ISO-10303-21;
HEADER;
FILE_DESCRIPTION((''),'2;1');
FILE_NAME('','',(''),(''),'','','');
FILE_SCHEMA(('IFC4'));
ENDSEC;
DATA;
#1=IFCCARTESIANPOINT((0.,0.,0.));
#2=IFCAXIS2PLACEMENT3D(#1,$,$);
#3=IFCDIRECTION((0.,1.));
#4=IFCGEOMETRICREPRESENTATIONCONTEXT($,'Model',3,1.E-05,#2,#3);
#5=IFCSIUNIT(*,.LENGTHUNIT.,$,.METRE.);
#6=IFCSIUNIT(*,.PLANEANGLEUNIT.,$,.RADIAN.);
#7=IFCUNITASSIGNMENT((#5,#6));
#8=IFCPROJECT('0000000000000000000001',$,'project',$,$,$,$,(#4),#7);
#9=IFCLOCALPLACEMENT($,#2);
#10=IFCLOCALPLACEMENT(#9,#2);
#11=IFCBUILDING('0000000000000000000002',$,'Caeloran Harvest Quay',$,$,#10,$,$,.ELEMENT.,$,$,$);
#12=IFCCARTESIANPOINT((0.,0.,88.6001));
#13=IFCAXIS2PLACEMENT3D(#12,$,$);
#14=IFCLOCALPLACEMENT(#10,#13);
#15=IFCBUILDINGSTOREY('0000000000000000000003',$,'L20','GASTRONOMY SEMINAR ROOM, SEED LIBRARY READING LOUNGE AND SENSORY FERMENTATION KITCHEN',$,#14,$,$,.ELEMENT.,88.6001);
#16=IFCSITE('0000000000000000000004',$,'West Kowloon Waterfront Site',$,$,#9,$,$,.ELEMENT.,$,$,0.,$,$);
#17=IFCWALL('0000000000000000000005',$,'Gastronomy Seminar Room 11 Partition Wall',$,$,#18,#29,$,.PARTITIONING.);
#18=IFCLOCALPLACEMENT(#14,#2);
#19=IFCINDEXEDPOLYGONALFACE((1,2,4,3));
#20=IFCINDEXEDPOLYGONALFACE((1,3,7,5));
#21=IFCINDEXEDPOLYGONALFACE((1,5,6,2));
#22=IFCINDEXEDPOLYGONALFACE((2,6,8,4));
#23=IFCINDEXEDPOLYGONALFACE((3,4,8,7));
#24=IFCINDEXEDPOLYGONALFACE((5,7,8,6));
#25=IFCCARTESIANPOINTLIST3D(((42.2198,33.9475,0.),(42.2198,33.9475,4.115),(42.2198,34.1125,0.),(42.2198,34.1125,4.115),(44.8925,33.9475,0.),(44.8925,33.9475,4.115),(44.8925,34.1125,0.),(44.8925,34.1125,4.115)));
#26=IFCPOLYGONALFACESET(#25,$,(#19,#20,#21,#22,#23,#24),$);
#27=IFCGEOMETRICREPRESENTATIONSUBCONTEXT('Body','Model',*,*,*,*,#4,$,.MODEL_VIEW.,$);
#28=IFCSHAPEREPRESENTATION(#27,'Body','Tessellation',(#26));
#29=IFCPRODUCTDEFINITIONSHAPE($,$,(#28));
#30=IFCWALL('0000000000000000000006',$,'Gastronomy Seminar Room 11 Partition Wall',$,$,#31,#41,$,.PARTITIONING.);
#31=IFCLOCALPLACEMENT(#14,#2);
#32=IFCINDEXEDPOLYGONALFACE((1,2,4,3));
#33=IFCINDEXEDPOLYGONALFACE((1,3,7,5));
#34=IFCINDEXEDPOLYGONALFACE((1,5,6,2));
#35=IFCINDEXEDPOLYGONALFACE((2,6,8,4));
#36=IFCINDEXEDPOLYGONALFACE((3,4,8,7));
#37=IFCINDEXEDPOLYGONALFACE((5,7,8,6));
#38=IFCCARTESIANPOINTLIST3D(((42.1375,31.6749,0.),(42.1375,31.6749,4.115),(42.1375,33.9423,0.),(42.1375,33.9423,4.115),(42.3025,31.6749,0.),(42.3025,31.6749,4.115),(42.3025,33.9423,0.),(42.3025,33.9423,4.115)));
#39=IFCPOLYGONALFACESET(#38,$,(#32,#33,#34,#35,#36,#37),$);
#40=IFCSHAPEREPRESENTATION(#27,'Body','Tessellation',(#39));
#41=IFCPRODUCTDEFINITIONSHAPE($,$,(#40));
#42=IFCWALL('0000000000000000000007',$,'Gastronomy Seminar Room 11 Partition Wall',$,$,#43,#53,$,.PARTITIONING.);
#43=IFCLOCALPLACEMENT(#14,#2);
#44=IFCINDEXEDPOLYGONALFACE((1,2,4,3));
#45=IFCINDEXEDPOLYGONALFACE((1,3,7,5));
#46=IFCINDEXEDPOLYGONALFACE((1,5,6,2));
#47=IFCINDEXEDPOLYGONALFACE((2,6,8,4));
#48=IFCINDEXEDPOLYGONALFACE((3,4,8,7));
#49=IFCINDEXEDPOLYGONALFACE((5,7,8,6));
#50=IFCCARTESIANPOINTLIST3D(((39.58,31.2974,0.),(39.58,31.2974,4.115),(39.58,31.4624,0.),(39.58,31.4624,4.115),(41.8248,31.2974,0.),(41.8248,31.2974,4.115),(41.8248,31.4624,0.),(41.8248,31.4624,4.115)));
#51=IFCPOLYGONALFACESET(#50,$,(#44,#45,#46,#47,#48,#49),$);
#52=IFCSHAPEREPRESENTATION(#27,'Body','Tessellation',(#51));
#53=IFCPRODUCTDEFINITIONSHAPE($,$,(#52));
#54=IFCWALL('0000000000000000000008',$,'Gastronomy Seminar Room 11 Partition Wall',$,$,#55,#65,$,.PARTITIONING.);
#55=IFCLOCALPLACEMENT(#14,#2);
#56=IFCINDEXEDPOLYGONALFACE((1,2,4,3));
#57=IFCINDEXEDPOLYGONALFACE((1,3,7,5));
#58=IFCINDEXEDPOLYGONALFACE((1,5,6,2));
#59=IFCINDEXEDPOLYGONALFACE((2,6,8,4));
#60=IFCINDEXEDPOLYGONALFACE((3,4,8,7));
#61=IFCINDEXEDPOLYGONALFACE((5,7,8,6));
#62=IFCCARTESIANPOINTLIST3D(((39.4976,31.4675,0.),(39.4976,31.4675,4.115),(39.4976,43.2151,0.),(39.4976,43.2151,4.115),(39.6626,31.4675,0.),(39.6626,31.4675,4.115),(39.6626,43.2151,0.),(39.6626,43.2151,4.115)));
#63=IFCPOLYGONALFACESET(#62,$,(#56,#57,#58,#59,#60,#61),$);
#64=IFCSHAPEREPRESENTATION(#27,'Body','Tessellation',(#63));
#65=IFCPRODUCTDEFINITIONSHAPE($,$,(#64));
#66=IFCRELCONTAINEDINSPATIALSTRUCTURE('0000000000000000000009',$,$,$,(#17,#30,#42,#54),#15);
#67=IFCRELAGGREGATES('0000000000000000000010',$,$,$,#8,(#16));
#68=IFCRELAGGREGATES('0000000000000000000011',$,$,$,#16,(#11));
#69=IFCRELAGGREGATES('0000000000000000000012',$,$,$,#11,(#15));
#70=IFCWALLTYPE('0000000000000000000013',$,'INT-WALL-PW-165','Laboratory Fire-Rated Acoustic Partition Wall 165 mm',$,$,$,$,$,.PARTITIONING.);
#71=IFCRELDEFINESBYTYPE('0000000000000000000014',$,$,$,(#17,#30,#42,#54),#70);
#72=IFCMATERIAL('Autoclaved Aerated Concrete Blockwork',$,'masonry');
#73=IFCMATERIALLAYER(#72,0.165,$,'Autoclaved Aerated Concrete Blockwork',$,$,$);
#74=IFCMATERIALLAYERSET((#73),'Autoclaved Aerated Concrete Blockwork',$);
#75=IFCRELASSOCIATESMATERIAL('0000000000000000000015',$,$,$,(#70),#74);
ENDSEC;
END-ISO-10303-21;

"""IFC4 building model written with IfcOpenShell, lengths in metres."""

from ifc_helpers import new_model, si_unit, direction, frame, frame_2d, origin, place, context, subcontext, project, spatial, rectangle, extrude, material, layer, layer_set, type_object, element, save


model = new_model("IFC4")

# Units and contexts
model_context = context("Model", 3, precision=1e-05, world=origin(), true_north=direction((0.0, 1.0)))
body_context = subcontext(model_context, "Body", "Model", "MODEL_VIEW")
ifc_project = project(units=[si_unit("LENGTHUNIT", "METRE"), si_unit("PLANEANGLEUNIT", "RADIAN")], contexts=[model_context])

# Site, building, storey
site_placement = place(None, origin())
site = spatial("IfcSite", under=ifc_project, at=site_placement, Name="West Kowloon Waterfront Site", CompositionType="ELEMENT", RefElevation=0.0)
building_placement = place(site_placement, origin())
building = spatial("IfcBuilding", under=site, at=building_placement, Name="Caeloran Harvest Quay", CompositionType="ELEMENT")
storey_placement = place(building_placement, frame((0.0, 0.0, 88.6001)))
storey = spatial("IfcBuildingStorey", under=building, at=storey_placement, Name="L20", Description="GASTRONOMY SEMINAR ROOM, SEED LIBRARY READING LOUNGE AND SENSORY FERMENTATION KITCHEN", CompositionType="ELEMENT", Elevation=88.6001)

# Walls
ifc_material_1 = material(Name="Autoclaved Aerated Concrete Blockwork", Category="masonry")
ifc_layer = layer(ifc_material_1, 0.165, Name="Autoclaved Aerated Concrete Blockwork")
ifc_layer_set = layer_set([ifc_layer], Name="Autoclaved Aerated Concrete Blockwork")
wall_type = type_object("IfcWallType", Name="INT-WALL-PW-165", Description="Laboratory Fire-Rated Acoustic Partition Wall 165 mm", PredefinedType="PARTITIONING", material=ifc_layer_set)
wall_1_placement = place(storey_placement, frame((44.8926, 34.03, 0.0), z_axis=(0.0, 0.0, 1.0), x_axis=(-1.0, 0.0, 0.0)))
element("IfcWall", 1, at=wall_1_placement, inside=storey, type_object=wall_type, Name="Gastronomy Seminar Room 11 Partition Wall", PredefinedType="PARTITIONING", context=body_context, shape_type="SweptSolid", body=[
    extrude(rectangle(XDim=2.6726, YDim=0.165, at=frame_2d((1.3364, 0.0))), origin(), (0.0, 0.0, 1.0), 4.115),
])
wall_2_placement = place(storey_placement, frame((42.22, 33.9424, 0.0), z_axis=(0.0, 0.0, 1.0), x_axis=(0.0, -1.0, 0.0)))
element("IfcWall", 2, at=wall_2_placement, inside=storey, type_object=wall_type, Name="Gastronomy Seminar Room 11 Partition Wall", PredefinedType="PARTITIONING", context=body_context, shape_type="SweptSolid", body=[
    extrude(rectangle(XDim=2.2673, YDim=0.165, at=frame_2d((1.1338, 0.0))), origin(), (0.0, 0.0, 1.0), 4.115),
])
wall_3_placement = place(storey_placement, frame((41.825, 31.3799, 0.0), z_axis=(0.0, 0.0, 1.0), x_axis=(-1.0, 0.0, 0.0)))
element("IfcWall", 3, at=wall_3_placement, inside=storey, type_object=wall_type, Name="Gastronomy Seminar Room 11 Partition Wall", PredefinedType="PARTITIONING", context=body_context, shape_type="SweptSolid", body=[
    extrude(rectangle(XDim=2.2449, YDim=0.165, at=frame_2d((1.1226, 0.0))), origin(), (0.0, 0.0, 1.0), 4.115),
])
wall_4_placement = place(storey_placement, frame((39.5801, 31.4675, 0.0), z_axis=(0.0, 0.0, 1.0), x_axis=(0.0, 1.0, 0.0)))
element("IfcWall", 4, at=wall_4_placement, inside=storey, type_object=wall_type, Name="Gastronomy Seminar Room 11 Partition Wall", PredefinedType="PARTITIONING", context=body_context, shape_type="SweptSolid", body=[
    extrude(rectangle(XDim=11.7476, YDim=0.165, at=frame_2d((5.8738, 0.0))), origin(), (0.0, 0.0, 1.0), 4.115),
])

save(model, "model.ifc")
